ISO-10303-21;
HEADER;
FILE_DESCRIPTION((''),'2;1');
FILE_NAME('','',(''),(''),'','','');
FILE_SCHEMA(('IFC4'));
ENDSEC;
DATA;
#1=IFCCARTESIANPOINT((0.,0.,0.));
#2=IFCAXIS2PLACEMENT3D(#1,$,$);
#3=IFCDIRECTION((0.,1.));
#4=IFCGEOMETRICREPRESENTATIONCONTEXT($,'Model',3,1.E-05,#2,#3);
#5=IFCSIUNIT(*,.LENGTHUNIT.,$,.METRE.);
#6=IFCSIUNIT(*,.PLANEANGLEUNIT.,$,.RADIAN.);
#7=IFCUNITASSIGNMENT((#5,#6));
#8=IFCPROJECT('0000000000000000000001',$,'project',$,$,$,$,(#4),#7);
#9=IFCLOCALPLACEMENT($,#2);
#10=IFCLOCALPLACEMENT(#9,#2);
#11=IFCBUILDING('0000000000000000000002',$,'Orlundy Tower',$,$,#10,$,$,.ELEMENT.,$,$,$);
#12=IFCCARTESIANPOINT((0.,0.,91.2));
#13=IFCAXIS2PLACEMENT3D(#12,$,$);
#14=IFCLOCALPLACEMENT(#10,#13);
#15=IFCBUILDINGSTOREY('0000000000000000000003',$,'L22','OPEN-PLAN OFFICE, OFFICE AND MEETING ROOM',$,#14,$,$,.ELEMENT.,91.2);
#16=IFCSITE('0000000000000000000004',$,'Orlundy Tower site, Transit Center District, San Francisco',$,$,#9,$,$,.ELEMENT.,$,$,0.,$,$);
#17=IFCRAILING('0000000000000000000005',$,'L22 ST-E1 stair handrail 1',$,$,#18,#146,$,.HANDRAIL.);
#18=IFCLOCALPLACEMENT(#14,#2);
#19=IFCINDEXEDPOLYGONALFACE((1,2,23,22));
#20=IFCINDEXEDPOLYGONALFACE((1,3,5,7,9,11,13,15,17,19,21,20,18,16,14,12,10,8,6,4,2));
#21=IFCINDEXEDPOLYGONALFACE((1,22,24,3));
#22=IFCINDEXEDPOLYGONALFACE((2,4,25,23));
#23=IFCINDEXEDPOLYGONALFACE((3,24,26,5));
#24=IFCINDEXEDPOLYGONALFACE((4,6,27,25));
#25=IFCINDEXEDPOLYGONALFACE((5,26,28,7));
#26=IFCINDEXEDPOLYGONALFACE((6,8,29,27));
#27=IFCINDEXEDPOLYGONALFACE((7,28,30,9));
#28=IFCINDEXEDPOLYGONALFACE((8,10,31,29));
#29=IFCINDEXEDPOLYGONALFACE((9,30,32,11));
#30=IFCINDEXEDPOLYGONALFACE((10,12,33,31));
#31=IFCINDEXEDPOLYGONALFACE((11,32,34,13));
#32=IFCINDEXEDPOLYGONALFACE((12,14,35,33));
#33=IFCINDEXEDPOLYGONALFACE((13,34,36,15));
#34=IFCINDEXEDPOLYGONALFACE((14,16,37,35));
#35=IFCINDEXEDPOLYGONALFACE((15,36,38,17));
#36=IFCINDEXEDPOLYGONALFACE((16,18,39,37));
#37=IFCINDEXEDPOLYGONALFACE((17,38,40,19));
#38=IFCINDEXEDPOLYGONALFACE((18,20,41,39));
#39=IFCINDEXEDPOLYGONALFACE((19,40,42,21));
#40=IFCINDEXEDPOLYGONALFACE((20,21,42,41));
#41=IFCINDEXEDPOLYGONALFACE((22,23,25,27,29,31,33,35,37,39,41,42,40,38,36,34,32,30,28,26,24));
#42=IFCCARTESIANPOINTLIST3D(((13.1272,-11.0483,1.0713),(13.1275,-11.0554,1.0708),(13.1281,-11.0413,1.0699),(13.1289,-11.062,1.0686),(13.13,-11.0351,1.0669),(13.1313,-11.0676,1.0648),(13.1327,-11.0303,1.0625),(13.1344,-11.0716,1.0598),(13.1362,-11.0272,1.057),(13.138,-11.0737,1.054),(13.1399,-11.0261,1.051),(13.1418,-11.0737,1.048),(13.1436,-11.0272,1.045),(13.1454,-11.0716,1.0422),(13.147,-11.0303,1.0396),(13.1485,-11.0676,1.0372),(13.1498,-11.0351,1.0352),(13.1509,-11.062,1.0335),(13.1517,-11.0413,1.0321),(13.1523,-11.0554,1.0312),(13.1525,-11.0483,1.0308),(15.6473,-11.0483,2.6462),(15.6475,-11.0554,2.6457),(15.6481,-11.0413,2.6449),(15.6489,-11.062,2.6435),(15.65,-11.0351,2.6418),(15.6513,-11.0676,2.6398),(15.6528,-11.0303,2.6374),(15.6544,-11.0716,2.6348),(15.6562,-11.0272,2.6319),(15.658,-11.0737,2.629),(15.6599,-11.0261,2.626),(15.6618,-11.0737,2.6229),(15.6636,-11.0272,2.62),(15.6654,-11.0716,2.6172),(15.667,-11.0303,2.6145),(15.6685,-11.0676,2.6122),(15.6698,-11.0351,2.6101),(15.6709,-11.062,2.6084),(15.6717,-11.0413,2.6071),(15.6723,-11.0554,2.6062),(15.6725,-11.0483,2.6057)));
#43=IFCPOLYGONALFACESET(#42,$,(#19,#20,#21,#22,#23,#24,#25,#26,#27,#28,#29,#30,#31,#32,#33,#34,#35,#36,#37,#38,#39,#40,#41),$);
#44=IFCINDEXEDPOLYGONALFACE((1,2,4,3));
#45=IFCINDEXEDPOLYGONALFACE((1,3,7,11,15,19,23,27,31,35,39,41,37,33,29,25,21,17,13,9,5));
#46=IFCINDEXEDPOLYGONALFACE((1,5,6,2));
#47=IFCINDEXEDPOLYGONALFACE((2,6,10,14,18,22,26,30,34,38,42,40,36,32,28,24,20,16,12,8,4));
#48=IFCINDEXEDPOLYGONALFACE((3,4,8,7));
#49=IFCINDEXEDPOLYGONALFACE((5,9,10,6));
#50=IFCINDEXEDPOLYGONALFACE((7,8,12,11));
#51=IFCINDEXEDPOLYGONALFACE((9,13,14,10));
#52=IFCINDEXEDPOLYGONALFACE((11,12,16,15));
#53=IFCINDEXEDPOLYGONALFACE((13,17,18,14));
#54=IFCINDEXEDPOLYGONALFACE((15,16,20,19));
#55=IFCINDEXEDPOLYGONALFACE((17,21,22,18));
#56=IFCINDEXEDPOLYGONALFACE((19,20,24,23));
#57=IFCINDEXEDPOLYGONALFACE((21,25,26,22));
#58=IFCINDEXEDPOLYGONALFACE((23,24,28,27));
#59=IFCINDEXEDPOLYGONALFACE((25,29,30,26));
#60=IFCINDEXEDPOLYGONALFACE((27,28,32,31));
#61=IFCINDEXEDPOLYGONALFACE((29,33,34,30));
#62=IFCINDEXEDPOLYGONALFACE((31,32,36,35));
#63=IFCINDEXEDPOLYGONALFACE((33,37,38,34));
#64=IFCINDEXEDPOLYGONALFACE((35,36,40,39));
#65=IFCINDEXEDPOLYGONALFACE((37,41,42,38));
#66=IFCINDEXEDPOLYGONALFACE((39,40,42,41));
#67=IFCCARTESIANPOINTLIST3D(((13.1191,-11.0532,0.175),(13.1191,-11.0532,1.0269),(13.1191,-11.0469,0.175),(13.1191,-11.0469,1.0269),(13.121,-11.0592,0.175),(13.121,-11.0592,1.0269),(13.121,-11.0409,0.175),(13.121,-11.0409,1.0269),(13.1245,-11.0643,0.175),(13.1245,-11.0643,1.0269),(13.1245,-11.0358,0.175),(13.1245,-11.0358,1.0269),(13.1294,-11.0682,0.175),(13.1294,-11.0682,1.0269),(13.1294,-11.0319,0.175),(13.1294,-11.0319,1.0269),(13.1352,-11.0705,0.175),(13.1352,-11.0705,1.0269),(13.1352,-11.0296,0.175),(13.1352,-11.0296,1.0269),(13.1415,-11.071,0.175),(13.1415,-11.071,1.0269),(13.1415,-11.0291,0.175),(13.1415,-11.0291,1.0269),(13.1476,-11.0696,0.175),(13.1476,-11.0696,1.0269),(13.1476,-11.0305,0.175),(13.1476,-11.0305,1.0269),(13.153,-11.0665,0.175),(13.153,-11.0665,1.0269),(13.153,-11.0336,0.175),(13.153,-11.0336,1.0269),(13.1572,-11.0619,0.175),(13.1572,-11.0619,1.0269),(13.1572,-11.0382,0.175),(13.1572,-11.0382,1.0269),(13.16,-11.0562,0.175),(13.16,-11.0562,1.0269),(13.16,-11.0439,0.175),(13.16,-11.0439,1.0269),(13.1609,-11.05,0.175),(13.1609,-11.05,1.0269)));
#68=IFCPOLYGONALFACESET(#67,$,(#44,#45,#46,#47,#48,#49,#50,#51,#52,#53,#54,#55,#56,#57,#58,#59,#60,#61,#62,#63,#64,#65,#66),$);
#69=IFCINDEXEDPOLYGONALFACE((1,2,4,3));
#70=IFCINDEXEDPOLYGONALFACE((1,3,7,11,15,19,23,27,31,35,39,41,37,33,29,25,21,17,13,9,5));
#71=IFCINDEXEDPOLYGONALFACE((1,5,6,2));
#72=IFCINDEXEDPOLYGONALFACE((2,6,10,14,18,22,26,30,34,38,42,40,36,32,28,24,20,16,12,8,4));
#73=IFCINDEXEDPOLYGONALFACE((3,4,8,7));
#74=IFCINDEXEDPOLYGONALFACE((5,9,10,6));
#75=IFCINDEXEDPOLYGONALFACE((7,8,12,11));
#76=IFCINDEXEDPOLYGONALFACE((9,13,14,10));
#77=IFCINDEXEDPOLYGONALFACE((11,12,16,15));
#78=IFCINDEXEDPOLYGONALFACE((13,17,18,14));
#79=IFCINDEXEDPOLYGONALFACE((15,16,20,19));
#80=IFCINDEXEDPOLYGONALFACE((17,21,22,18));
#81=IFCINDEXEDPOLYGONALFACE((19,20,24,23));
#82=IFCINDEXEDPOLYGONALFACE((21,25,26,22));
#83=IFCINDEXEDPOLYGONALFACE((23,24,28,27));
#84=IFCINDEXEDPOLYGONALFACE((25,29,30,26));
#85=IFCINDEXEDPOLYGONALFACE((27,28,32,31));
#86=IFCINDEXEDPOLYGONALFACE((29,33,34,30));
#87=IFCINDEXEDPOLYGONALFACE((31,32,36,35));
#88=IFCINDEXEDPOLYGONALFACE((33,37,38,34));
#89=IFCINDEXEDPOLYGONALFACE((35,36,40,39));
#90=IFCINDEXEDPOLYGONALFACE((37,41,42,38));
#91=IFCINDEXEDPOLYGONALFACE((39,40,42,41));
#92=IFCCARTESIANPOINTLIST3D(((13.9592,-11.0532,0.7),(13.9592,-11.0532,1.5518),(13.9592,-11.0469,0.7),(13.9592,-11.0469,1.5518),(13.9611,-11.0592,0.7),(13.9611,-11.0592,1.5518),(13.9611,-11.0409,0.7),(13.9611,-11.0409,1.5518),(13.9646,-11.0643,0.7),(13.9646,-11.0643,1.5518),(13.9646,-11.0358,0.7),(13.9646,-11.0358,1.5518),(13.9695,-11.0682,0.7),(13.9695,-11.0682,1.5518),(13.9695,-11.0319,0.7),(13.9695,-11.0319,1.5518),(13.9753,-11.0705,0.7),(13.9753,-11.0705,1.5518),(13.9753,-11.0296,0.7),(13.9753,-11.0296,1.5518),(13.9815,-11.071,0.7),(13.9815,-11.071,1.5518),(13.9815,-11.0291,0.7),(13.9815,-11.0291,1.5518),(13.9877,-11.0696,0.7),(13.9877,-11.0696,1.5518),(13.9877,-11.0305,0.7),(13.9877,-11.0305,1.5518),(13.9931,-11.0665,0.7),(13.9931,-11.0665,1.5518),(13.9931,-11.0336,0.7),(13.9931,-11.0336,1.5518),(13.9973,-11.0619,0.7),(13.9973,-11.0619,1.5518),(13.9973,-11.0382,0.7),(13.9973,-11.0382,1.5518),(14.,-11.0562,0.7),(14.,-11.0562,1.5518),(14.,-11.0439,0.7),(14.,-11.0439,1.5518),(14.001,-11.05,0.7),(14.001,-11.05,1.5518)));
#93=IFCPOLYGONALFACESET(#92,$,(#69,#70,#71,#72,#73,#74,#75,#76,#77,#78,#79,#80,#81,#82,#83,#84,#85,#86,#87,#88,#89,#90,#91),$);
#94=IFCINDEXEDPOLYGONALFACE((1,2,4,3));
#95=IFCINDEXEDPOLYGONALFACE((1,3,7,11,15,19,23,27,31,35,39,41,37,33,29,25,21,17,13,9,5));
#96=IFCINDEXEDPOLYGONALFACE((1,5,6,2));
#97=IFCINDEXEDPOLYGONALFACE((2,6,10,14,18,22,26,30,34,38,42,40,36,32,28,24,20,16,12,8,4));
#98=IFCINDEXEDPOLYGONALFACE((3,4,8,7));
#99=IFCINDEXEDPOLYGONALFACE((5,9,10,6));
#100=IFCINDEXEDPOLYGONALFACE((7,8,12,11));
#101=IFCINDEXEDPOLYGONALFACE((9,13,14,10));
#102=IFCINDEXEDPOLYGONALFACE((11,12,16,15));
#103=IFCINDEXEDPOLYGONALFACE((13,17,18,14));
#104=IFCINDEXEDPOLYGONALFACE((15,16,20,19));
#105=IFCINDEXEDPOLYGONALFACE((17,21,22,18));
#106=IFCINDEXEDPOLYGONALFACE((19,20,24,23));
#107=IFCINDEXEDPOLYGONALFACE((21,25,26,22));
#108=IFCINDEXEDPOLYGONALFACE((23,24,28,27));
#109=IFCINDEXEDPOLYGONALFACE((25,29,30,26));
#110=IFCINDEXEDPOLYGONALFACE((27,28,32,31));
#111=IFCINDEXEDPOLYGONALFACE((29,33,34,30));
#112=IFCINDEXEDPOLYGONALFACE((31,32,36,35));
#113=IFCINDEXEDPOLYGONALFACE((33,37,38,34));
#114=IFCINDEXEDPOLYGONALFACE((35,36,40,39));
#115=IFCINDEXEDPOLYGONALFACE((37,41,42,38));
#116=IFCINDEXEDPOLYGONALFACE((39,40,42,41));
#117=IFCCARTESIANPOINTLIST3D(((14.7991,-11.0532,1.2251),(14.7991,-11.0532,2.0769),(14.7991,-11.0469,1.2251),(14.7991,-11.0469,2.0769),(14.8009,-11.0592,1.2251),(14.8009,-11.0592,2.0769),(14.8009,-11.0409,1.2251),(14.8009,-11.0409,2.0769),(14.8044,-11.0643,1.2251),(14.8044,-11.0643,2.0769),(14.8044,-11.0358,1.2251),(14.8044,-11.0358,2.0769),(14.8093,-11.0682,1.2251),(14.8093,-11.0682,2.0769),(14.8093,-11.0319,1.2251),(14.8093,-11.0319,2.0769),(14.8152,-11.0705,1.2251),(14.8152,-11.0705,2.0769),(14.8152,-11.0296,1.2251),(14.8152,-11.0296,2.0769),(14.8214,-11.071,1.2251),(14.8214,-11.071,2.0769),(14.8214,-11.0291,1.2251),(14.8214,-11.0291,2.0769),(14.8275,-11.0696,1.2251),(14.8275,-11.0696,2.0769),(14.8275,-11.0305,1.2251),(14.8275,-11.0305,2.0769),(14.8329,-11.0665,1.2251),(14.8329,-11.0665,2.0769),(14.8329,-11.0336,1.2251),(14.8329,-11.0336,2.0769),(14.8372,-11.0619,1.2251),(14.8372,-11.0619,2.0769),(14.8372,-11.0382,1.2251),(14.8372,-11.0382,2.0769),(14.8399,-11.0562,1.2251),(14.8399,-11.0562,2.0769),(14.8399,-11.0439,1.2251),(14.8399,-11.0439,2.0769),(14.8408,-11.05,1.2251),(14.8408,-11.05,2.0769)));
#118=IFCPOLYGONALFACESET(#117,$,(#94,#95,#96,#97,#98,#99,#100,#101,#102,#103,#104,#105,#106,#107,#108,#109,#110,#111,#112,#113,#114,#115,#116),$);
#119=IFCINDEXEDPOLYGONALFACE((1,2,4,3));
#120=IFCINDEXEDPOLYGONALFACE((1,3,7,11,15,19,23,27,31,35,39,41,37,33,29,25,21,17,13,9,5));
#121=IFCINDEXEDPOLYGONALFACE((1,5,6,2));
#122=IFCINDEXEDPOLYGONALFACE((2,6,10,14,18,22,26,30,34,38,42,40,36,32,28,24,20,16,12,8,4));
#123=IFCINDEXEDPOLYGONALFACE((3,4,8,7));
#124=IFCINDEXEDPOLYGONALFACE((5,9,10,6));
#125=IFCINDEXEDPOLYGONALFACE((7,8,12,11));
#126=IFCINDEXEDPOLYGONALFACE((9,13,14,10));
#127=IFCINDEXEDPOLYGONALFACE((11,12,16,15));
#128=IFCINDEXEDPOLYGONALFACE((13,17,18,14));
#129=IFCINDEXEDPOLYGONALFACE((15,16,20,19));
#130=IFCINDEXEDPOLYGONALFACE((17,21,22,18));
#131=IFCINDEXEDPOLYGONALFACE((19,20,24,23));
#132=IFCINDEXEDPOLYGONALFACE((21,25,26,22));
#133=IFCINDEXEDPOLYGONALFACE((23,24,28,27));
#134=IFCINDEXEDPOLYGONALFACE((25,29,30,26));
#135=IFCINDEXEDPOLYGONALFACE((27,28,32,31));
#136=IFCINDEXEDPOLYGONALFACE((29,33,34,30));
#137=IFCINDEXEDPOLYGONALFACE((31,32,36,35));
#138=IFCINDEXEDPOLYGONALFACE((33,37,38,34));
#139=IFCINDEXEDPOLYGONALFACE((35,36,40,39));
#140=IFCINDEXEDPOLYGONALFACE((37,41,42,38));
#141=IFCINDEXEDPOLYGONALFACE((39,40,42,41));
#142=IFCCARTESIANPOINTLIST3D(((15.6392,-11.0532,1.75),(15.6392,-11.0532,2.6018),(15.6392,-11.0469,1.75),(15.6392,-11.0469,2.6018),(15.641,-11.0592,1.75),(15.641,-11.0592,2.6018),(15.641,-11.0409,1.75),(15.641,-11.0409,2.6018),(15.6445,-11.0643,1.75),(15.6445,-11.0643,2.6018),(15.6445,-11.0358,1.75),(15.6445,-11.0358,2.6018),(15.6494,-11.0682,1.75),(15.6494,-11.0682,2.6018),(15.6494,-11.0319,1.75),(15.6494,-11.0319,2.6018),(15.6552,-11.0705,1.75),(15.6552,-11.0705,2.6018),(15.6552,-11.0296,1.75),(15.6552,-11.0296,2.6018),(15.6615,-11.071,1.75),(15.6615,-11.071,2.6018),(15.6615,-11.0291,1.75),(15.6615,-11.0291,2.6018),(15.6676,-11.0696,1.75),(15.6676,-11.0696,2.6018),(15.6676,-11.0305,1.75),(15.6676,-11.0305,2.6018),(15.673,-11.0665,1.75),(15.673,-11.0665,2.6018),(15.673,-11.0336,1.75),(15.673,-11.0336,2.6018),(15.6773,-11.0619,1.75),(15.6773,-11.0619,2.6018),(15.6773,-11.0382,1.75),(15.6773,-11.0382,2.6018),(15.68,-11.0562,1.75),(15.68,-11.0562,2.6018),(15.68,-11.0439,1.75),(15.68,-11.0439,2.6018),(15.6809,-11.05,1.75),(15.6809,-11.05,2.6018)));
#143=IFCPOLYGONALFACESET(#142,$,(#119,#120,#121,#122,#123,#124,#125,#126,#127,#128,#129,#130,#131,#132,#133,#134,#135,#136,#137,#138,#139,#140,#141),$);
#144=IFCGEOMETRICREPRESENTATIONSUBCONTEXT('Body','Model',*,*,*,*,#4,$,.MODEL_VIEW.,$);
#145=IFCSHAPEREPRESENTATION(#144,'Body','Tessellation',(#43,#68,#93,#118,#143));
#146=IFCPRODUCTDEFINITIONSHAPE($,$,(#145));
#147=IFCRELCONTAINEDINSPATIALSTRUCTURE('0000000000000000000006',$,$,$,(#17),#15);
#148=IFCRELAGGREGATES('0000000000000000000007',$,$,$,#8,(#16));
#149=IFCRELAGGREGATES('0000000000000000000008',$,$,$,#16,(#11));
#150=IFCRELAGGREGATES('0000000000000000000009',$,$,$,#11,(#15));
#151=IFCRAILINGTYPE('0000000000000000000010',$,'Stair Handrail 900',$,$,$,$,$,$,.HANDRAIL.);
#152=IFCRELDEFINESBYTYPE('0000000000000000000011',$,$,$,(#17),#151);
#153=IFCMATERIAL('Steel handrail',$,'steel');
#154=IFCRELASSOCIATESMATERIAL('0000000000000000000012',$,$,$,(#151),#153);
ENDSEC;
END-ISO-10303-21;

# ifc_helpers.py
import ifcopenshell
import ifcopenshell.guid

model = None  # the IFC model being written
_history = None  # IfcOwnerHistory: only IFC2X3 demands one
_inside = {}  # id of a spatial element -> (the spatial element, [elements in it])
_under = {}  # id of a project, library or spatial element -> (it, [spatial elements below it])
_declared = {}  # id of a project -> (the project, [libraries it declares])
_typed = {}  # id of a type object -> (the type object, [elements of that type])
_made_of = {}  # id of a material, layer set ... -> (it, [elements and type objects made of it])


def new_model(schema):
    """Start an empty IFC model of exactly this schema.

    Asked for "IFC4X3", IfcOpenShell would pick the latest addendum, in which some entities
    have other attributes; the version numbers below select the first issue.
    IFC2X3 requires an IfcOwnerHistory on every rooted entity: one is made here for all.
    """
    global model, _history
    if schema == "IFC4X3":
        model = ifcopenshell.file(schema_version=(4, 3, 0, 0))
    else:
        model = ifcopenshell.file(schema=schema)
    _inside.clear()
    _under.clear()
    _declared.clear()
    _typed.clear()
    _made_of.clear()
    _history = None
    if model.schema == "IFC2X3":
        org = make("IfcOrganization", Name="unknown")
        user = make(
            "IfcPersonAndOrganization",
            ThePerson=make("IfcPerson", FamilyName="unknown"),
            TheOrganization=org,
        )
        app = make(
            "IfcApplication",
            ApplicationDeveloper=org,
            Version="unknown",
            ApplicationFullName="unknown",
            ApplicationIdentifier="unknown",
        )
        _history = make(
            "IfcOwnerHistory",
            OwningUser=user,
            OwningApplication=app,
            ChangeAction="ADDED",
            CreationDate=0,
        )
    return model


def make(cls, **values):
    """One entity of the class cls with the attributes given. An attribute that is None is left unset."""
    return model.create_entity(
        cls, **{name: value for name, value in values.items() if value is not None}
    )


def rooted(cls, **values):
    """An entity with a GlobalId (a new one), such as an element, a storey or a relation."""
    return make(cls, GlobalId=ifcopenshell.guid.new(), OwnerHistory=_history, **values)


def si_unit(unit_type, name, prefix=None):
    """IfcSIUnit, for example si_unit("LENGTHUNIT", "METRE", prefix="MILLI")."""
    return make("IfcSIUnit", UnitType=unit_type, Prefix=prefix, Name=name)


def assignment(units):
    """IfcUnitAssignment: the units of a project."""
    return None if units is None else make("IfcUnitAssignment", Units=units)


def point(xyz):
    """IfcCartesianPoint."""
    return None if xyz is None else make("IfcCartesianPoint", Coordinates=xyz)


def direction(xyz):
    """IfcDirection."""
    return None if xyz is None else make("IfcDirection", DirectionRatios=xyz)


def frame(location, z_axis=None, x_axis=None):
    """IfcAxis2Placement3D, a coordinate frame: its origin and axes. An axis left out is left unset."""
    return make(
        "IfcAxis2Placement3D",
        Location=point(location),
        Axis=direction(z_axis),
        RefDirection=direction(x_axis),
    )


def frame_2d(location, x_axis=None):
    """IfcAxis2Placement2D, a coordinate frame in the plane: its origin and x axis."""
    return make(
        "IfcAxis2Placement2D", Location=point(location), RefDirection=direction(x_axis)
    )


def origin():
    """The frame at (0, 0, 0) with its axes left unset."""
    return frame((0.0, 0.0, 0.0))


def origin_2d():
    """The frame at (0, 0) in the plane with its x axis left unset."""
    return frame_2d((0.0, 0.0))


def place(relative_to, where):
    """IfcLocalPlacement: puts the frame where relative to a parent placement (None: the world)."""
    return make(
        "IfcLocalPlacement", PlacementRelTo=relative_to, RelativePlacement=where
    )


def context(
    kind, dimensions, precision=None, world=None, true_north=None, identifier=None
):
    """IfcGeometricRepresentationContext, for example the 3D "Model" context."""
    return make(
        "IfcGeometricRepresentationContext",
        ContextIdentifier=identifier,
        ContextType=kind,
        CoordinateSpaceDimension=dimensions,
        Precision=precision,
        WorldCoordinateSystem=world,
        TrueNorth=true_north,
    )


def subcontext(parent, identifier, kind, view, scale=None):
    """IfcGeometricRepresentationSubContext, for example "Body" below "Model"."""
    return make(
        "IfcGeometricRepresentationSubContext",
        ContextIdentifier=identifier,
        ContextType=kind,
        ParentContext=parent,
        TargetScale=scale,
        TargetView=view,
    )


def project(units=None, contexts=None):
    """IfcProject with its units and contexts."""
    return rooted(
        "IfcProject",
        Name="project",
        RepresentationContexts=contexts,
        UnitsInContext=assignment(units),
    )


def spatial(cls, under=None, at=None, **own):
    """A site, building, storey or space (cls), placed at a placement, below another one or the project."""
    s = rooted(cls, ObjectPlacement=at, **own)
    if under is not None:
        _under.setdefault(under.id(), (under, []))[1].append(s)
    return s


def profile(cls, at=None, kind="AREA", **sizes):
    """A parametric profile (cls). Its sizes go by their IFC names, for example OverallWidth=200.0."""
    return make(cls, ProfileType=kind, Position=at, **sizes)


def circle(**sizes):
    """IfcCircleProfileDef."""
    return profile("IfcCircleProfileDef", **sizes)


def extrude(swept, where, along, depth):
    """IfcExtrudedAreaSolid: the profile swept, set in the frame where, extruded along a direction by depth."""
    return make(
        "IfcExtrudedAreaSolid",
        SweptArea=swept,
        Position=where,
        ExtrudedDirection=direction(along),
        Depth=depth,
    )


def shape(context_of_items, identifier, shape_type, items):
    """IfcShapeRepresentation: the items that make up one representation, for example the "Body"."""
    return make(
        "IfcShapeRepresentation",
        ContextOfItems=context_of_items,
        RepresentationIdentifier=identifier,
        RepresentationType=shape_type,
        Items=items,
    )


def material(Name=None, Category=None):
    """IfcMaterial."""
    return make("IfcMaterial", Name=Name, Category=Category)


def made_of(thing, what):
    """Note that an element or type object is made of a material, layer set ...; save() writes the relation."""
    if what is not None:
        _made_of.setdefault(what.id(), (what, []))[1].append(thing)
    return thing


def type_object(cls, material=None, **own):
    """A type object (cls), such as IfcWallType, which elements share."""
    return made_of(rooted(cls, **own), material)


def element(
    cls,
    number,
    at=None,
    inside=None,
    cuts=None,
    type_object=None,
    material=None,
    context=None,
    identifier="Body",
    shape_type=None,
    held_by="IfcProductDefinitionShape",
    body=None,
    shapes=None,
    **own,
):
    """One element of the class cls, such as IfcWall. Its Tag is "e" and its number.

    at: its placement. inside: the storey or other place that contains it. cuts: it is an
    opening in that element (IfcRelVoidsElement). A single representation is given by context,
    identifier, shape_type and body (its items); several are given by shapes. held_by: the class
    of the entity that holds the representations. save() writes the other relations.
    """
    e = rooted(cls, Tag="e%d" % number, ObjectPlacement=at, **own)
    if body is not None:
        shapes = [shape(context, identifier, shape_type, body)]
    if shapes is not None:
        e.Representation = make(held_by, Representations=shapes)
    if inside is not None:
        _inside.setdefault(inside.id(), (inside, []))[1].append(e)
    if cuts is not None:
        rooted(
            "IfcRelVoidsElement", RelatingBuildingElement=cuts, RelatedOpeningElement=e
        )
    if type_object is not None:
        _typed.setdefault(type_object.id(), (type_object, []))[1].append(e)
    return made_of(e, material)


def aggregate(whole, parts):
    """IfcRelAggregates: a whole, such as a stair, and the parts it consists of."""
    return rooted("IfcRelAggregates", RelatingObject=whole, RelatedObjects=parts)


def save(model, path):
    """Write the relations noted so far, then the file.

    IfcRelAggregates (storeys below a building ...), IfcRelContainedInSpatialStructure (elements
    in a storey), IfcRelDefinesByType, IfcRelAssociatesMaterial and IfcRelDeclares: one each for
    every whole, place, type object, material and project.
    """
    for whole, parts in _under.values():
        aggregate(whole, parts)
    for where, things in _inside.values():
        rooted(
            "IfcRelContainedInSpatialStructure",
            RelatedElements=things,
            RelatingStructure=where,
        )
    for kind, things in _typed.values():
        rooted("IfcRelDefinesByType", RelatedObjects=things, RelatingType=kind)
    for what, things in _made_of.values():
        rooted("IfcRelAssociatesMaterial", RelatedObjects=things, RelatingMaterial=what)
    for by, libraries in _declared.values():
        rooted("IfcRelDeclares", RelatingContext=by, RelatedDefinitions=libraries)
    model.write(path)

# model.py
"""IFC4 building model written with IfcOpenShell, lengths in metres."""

from ifc_helpers import new_model, si_unit, direction, frame, origin, origin_2d, place, context, subcontext, project, spatial, circle, extrude, material, type_object, element, save


model = new_model("IFC4")

# Units and contexts
model_context = context("Model", 3, precision=1e-05, world=origin(), true_north=direction((0.0, 1.0)))
body_context = subcontext(model_context, "Body", "Model", "MODEL_VIEW")
ifc_project = project(units=[si_unit("LENGTHUNIT", "METRE"), si_unit("PLANEANGLEUNIT", "RADIAN")], contexts=[model_context])

# Site, building, storey
site_placement = place(None, origin())
site = spatial("IfcSite", under=ifc_project, at=site_placement, Name="Orlundy Tower site, Transit Center District, San Francisco", CompositionType="ELEMENT", RefElevation=0.0)
building_placement = place(site_placement, origin())
building = spatial("IfcBuilding", under=site, at=building_placement, Name="Orlundy Tower", CompositionType="ELEMENT")
storey_placement = place(building_placement, frame((0.0, 0.0, 91.2)))
storey = spatial("IfcBuildingStorey", under=building, at=storey_placement, Name="L22", Description="OPEN-PLAN OFFICE, OFFICE AND MEETING ROOM", CompositionType="ELEMENT", Elevation=91.2)

# Railing
ifc_material_1 = material(Name="Steel handrail", Category="steel")
railing_type_1 = type_object("IfcRailingType", Name="Stair Handrail 900", PredefinedType="HANDRAIL", material=ifc_material_1)
railing_1_placement = place(storey_placement, frame((13.1399, -11.05, 0.175)))
element("IfcRailing", 1, at=railing_1_placement, inside=storey, type_object=railing_type_1, Name="L22 ST-E1 stair handrail 1", PredefinedType="HANDRAIL", context=body_context, shape_type="SweptSolid", body=[
    extrude(circle(Radius=0.0239, at=origin_2d()), frame((0.0, 0.0, 0.876), z_axis=(0.848008, 0.0, 0.529984), x_axis=(0.0, 1.0, 0.0)), (0.0, 0.0, 1.0), 2.9717),
    extrude(circle(Radius=0.021, at=origin_2d()), origin(), (0.0, 0.0, 1.0), 0.8518),
    extrude(circle(Radius=0.021, at=origin_2d()), frame((0.8401, 0.0, 0.5249)), (0.0, 0.0, 1.0), 0.8518),
    extrude(circle(Radius=0.021, at=origin_2d()), frame((1.6799, 0.0, 1.05)), (0.0, 0.0, 1.0), 0.8518),
    extrude(circle(Radius=0.021, at=origin_2d()), frame((2.52, 0.0, 1.575)), (0.0, 0.0, 1.0), 0.8518),
])

save(model, "model.ifc")
